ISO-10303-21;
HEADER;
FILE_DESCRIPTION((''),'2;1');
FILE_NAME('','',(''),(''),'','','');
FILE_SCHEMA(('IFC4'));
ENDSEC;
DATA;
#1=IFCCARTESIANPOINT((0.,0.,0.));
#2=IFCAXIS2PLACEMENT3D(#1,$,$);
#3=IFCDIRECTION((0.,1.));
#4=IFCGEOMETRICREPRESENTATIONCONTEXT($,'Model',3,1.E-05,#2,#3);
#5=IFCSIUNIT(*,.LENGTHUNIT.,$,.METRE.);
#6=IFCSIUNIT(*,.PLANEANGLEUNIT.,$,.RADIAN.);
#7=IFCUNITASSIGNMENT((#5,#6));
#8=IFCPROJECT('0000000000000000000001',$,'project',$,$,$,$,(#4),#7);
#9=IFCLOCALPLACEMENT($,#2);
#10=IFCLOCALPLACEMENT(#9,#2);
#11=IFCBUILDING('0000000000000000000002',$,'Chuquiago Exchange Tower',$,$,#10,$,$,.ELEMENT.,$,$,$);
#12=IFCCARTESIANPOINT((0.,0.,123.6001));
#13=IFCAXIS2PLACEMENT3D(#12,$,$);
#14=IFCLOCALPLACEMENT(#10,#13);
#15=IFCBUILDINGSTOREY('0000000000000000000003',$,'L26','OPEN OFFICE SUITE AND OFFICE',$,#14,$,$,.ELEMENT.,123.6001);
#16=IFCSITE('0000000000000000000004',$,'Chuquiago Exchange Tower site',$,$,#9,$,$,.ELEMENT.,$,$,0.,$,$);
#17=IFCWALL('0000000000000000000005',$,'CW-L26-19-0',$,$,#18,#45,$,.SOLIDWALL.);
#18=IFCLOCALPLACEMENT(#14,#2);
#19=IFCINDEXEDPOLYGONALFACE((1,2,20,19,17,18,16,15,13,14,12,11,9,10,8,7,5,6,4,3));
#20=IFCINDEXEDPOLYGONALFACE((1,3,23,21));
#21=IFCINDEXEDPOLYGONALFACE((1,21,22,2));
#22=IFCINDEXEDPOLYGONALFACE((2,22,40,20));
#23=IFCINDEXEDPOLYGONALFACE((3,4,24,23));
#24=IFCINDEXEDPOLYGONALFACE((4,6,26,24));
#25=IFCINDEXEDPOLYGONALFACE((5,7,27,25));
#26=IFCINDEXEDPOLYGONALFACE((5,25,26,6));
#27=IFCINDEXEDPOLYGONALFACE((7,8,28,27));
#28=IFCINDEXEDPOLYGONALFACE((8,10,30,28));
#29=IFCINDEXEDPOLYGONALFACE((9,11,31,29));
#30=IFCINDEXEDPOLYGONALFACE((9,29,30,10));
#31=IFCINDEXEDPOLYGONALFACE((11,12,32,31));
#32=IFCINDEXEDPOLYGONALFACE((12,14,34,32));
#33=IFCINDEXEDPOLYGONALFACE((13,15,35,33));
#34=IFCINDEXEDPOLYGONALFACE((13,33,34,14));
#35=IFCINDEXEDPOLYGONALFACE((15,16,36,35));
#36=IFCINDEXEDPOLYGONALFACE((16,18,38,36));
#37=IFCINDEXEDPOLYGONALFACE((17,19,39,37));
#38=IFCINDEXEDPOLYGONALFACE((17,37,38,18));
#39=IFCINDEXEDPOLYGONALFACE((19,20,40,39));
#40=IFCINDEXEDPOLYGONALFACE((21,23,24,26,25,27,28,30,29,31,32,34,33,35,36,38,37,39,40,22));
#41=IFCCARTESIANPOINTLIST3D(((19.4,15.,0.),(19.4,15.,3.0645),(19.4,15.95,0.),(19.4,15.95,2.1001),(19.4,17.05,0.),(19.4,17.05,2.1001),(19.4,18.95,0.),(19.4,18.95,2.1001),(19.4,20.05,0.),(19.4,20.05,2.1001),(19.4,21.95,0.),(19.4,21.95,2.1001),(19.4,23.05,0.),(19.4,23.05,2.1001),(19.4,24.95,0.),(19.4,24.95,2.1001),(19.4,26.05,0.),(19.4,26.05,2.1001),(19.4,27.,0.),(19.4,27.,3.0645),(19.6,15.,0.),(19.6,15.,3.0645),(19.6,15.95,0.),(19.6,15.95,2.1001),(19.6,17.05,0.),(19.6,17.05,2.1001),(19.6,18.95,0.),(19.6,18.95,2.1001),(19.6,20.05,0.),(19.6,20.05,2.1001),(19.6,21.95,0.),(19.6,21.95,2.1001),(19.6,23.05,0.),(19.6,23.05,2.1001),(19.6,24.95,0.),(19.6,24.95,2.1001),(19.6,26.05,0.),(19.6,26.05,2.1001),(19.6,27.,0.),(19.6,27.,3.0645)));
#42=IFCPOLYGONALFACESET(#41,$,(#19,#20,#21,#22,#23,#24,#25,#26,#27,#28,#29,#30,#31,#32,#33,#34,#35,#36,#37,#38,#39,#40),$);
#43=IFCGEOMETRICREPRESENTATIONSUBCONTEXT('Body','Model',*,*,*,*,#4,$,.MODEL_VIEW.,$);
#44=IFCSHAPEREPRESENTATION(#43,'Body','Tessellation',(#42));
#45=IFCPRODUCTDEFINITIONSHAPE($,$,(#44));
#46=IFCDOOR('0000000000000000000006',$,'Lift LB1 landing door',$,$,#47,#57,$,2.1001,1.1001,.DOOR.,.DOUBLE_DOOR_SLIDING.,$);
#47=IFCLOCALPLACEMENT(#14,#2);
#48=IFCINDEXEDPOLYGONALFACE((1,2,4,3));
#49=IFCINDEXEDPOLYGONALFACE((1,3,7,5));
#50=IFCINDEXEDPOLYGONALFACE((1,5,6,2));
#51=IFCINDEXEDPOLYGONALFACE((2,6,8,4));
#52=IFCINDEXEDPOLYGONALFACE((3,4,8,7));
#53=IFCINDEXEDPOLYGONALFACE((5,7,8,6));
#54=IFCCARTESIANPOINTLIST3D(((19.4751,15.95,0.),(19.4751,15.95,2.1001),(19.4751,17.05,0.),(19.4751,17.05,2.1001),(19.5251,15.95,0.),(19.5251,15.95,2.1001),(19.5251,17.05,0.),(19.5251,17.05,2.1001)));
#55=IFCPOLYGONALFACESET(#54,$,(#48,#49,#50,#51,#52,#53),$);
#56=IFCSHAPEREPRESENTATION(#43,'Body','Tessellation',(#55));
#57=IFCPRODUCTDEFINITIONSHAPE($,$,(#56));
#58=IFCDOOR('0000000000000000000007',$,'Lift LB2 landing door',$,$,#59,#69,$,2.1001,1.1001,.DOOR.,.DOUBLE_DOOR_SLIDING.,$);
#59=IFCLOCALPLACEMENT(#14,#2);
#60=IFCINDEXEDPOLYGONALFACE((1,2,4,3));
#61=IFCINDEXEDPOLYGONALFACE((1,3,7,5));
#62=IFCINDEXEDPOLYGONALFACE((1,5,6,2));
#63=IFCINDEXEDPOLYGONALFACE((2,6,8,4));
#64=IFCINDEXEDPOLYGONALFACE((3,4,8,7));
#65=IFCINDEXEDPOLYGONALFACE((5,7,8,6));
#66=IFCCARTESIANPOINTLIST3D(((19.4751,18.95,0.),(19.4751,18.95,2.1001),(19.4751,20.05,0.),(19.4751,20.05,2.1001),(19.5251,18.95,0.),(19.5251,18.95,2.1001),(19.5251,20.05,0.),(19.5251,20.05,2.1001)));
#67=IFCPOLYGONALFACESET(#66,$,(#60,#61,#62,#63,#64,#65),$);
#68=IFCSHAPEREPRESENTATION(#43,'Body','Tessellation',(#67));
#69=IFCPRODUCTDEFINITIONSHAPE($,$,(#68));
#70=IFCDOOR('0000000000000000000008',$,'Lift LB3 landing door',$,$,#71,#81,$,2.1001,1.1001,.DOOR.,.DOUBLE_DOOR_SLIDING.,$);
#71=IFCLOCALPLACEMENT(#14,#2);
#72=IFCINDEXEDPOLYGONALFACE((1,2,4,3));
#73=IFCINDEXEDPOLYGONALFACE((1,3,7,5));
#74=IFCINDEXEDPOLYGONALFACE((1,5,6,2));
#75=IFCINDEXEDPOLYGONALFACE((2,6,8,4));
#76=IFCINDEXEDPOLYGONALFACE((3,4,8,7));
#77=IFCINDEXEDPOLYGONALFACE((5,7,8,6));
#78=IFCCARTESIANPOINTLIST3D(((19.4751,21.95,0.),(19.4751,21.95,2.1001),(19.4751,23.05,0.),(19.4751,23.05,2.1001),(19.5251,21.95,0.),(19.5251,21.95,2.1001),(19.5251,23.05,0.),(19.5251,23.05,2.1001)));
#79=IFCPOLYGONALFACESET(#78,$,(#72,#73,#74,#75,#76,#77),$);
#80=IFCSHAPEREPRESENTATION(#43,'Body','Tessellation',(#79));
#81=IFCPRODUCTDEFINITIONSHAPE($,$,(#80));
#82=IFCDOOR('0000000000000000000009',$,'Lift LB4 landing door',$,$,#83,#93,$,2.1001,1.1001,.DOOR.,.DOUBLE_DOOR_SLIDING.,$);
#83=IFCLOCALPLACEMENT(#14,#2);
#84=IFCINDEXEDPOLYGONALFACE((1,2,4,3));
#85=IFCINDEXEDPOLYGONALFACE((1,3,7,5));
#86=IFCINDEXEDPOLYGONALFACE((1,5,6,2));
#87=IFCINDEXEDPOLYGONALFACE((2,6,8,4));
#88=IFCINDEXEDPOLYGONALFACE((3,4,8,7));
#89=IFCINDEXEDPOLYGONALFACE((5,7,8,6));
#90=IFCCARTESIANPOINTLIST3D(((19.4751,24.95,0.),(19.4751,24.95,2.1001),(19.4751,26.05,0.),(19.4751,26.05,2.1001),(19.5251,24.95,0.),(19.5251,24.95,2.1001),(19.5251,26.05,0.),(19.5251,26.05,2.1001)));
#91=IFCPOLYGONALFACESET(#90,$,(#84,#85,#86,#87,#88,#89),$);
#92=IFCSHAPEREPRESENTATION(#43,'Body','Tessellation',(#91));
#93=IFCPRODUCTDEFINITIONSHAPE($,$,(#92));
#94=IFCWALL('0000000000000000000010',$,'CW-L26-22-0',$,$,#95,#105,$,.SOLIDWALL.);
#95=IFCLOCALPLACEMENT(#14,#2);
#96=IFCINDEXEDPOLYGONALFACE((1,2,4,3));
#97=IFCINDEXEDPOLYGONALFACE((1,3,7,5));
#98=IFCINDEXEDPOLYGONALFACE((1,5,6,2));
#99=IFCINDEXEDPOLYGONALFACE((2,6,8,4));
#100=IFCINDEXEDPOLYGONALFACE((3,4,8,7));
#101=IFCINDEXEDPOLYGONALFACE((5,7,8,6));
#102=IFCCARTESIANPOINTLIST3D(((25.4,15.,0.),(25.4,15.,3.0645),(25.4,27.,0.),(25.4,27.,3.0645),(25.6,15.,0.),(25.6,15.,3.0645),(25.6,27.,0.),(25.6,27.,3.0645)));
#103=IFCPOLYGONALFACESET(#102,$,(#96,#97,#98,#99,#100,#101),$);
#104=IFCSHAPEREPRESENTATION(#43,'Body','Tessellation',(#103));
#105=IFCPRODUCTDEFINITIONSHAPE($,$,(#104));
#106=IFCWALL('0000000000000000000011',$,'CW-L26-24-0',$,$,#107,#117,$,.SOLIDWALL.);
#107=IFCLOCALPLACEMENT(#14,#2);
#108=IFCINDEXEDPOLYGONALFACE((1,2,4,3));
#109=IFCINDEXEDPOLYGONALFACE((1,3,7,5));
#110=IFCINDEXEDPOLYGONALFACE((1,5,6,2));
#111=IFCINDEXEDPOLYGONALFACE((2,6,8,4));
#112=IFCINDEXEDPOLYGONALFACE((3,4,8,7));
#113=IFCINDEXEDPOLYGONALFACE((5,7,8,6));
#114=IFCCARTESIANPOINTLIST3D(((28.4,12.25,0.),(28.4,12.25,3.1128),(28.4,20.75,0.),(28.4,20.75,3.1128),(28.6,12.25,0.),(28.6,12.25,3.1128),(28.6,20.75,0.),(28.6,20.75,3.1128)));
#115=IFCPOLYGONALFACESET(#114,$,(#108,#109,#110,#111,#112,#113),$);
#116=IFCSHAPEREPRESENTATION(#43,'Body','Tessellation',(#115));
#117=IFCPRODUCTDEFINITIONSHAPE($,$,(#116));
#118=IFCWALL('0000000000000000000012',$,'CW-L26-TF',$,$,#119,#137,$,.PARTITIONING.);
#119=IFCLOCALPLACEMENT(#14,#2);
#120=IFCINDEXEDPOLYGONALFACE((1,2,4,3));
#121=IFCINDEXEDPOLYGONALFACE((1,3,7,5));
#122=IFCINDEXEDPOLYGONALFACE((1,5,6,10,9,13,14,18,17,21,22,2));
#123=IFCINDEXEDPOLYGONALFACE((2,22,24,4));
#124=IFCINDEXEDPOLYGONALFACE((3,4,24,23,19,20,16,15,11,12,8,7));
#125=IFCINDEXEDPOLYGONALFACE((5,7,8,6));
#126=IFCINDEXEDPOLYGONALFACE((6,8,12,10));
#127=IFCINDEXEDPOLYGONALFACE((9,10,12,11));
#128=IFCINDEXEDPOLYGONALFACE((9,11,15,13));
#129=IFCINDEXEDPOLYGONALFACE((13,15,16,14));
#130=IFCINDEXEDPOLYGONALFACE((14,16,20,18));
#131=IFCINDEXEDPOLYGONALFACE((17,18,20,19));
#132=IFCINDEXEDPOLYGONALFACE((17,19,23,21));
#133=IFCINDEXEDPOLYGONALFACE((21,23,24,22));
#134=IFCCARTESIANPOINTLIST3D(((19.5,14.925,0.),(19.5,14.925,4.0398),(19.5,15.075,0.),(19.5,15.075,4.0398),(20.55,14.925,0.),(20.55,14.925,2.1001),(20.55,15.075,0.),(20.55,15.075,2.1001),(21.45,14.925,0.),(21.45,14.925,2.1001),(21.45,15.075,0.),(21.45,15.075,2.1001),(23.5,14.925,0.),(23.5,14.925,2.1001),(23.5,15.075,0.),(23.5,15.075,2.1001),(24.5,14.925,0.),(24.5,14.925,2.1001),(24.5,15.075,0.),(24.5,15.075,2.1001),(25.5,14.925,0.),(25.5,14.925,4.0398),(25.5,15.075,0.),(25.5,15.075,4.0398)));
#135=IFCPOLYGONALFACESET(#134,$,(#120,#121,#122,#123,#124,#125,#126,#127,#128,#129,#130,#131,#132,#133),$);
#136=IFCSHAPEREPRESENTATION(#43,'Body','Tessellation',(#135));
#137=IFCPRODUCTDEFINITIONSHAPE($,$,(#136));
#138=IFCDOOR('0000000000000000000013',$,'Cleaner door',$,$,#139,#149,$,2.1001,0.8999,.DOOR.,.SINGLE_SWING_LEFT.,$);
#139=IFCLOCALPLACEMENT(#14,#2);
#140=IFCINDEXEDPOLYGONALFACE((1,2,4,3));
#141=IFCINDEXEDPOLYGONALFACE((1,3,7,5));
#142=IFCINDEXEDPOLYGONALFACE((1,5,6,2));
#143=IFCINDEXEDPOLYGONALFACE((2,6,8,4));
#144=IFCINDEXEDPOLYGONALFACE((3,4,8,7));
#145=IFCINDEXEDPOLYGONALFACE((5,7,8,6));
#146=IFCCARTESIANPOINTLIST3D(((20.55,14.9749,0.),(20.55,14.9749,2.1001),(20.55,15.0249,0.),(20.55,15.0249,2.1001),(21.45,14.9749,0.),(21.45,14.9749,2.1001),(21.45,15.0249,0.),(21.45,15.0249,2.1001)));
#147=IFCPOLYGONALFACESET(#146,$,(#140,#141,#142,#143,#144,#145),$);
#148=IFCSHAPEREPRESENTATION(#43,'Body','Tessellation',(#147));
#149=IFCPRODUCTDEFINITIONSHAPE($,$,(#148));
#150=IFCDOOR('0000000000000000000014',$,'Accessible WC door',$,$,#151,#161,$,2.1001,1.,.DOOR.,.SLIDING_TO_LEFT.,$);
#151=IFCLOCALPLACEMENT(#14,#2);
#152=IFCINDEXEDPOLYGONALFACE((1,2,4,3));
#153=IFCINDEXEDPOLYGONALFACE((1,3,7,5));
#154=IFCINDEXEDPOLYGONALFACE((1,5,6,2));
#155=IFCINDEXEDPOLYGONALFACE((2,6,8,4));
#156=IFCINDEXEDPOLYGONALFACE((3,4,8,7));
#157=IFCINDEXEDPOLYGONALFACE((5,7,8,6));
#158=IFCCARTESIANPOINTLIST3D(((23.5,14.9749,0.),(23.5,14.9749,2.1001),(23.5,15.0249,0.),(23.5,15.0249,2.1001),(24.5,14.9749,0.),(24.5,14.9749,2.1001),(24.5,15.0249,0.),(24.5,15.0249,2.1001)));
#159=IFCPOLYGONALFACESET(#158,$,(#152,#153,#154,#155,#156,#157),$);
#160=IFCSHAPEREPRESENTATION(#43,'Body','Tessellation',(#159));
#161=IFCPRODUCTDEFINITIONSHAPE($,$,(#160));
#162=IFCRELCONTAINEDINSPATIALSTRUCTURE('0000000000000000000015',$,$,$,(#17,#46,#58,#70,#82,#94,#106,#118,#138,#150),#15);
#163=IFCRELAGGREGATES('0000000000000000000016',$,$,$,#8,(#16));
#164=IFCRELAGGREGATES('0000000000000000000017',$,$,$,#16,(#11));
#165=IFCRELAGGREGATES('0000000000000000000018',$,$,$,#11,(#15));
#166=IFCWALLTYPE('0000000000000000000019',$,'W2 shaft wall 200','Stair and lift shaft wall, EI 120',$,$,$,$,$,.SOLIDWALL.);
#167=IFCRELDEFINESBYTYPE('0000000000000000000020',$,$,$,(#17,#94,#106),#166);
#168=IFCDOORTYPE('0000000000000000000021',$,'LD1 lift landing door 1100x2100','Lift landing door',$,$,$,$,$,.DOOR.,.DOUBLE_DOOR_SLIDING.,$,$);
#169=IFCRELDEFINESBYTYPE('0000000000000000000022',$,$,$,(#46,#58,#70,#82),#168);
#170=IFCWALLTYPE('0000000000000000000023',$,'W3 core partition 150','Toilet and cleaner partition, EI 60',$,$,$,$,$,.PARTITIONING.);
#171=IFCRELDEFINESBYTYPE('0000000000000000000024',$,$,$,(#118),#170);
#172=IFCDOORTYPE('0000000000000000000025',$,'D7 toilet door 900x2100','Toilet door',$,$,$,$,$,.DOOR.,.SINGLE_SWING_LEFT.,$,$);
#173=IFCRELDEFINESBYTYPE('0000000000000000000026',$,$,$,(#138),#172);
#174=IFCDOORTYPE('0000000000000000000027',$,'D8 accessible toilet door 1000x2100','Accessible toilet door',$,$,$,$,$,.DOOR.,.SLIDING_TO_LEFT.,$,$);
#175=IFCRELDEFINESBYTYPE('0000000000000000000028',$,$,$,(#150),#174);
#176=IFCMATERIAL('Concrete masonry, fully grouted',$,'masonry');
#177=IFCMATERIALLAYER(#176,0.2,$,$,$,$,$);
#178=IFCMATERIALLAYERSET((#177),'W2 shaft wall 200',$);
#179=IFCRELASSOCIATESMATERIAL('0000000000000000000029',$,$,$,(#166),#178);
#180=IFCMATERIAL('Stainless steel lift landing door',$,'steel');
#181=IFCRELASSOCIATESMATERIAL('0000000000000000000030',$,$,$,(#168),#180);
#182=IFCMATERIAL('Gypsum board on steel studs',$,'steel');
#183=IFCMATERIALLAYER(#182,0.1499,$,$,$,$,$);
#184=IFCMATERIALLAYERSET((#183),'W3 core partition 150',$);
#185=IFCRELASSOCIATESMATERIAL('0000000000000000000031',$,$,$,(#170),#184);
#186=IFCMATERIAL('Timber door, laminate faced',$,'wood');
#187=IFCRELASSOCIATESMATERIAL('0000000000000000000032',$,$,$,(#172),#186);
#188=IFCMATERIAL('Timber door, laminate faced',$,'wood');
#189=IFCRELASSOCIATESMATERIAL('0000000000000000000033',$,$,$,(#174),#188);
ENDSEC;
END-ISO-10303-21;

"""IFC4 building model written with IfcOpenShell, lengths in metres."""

from ifc_helpers import new_model, si_unit, direction, frame, frame_2d, origin, place, context, subcontext, project, spatial, rectangle, extrude, material, layer, layer_set, type_object, element, fill, save


model = new_model("IFC4")

# Units and contexts
model_context = context("Model", 3, precision=1e-05, world=origin(), true_north=direction((0.0, 1.0)))
body_context = subcontext(model_context, "Body", "Model", "MODEL_VIEW")
ifc_project = project(units=[si_unit("LENGTHUNIT", "METRE"), si_unit("PLANEANGLEUNIT", "RADIAN")], contexts=[model_context])

# Site, building, storey
site_placement = place(None, origin())
site = spatial("IfcSite", under=ifc_project, at=site_placement, Name="Chuquiago Exchange Tower site", CompositionType="ELEMENT", RefElevation=0.0)
building_placement = place(site_placement, origin())
building = spatial("IfcBuilding", under=site, at=building_placement, Name="Chuquiago Exchange Tower", CompositionType="ELEMENT")
storey_placement = place(building_placement, frame((0.0, 0.0, 123.6001)))
storey = spatial("IfcBuildingStorey", under=building, at=storey_placement, Name="L26", Description="OPEN OFFICE SUITE AND OFFICE", CompositionType="ELEMENT", Elevation=123.6001)

# Shared definitions
ifc_material_1 = material(Name="Concrete masonry, fully grouted", Category="masonry")
ifc_layer_1 = layer(ifc_material_1, 0.2)
ifc_layer_set_1 = layer_set([ifc_layer_1], Name="W2 shaft wall 200")
wall_type_1 = type_object("IfcWallType", Name="W2 shaft wall 200", Description="Stair and lift shaft wall, EI 120", PredefinedType="SOLIDWALL", material=ifc_layer_set_1)

# Wall, openings, doors
wall_1_placement = place(storey_placement, frame((19.5, 15.0, 0.0), z_axis=(0.0, 0.0, 1.0), x_axis=(0.0, 1.0, 0.0)))
wall_1 = element("IfcWall", 1, at=wall_1_placement, inside=storey, type_object=wall_type_1, Name="CW-L26-19-0", PredefinedType="SOLIDWALL", context=body_context, shape_type="SweptSolid", body=[
    extrude(rectangle(XDim=12.0, YDim=0.2, at=frame_2d((6.0, 0.0))), origin(), (0.0, 0.0, 1.0), 3.0645),
])
opening_1_placement = place(wall_1_placement, frame((0.95, 0.0, 0.0)))
opening_1 = element("IfcOpeningElement", 2, at=opening_1_placement, cuts=wall_1, PredefinedType="OPENING", context=body_context, shape_type="SweptSolid", body=[
    extrude(rectangle(XDim=1.1001, YDim=2.1001, at=frame_2d((0.55, 1.05))), frame((0.0, 0.1099, 0.0), z_axis=(0.0, -1.0, 0.0), x_axis=(1.0, 0.0, 0.0)), (0.0, 0.0, 1.0), 0.22),
])
opening_2_placement = place(wall_1_placement, frame((3.95, 0.0, 0.0)))
opening_2 = element("IfcOpeningElement", 3, at=opening_2_placement, cuts=wall_1, PredefinedType="OPENING", context=body_context, shape_type="SweptSolid", body=[
    extrude(rectangle(XDim=1.1001, YDim=2.1001, at=frame_2d((0.55, 1.05))), frame((0.0, 0.1099, 0.0), z_axis=(0.0, -1.0, 0.0), x_axis=(1.0, 0.0, 0.0)), (0.0, 0.0, 1.0), 0.22),
])
opening_3_placement = place(wall_1_placement, frame((6.95, 0.0, 0.0)))
opening_3 = element("IfcOpeningElement", 4, at=opening_3_placement, cuts=wall_1, PredefinedType="OPENING", context=body_context, shape_type="SweptSolid", body=[
    extrude(rectangle(XDim=1.1001, YDim=2.1001, at=frame_2d((0.55, 1.05))), frame((0.0, 0.1099, 0.0), z_axis=(0.0, -1.0, 0.0), x_axis=(1.0, 0.0, 0.0)), (0.0, 0.0, 1.0), 0.22),
])
opening_4_placement = place(wall_1_placement, frame((9.95, 0.0, 0.0)))
opening_4 = element("IfcOpeningElement", 5, at=opening_4_placement, cuts=wall_1, PredefinedType="OPENING", context=body_context, shape_type="SweptSolid", body=[
    extrude(rectangle(XDim=1.1001, YDim=2.1001, at=frame_2d((0.55, 1.05))), frame((0.0, 0.1099, 0.0), z_axis=(0.0, -1.0, 0.0), x_axis=(1.0, 0.0, 0.0)), (0.0, 0.0, 1.0), 0.22),
])
ifc_material_2 = material(Name="Stainless steel lift landing door", Category="steel")
door_type_1 = type_object("IfcDoorType", Name="LD1 lift landing door 1100x2100", Description="Lift landing door", OperationType="DOUBLE_DOOR_SLIDING", PredefinedType="DOOR", material=ifc_material_2)
door_1_placement = place(opening_1_placement, origin())
door_1 = element("IfcDoor", 6, at=door_1_placement, inside=storey, type_object=door_type_1, Name="Lift LB1 landing door", OperationType="DOUBLE_DOOR_SLIDING", OverallHeight=2.1001, OverallWidth=1.1001, PredefinedType="DOOR", context=body_context, shape_type="SweptSolid", body=[
    extrude(rectangle(XDim=1.1001, YDim=2.1001, at=frame_2d((0.55, 1.05))), frame((0.0, 0.0249, 0.0), z_axis=(0.0, -1.0, 0.0), x_axis=(1.0, 0.0, 0.0)), (0.0, 0.0, 1.0), 0.05),
])
fill(opening_1, door_1)
door_2_placement = place(opening_2_placement, origin())
door_2 = element("IfcDoor", 7, at=door_2_placement, inside=storey, type_object=door_type_1, Name="Lift LB2 landing door", OperationType="DOUBLE_DOOR_SLIDING", OverallHeight=2.1001, OverallWidth=1.1001, PredefinedType="DOOR", context=body_context, shape_type="SweptSolid", body=[
    extrude(rectangle(XDim=1.1001, YDim=2.1001, at=frame_2d((0.55, 1.05))), frame((0.0, 0.0249, 0.0), z_axis=(0.0, -1.0, 0.0), x_axis=(1.0, 0.0, 0.0)), (0.0, 0.0, 1.0), 0.05),
])
fill(opening_2, door_2)
door_3_placement = place(opening_3_placement, origin())
door_3 = element("IfcDoor", 8, at=door_3_placement, inside=storey, type_object=door_type_1, Name="Lift LB3 landing door", OperationType="DOUBLE_DOOR_SLIDING", OverallHeight=2.1001, OverallWidth=1.1001, PredefinedType="DOOR", context=body_context, shape_type="SweptSolid", body=[
    extrude(rectangle(XDim=1.1001, YDim=2.1001, at=frame_2d((0.55, 1.05))), frame((0.0, 0.0249, 0.0), z_axis=(0.0, -1.0, 0.0), x_axis=(1.0, 0.0, 0.0)), (0.0, 0.0, 1.0), 0.05),
])
fill(opening_3, door_3)
door_4_placement = place(opening_4_placement, origin())
door_4 = element("IfcDoor", 9, at=door_4_placement, inside=storey, type_object=door_type_1, Name="Lift LB4 landing door", OperationType="DOUBLE_DOOR_SLIDING", OverallHeight=2.1001, OverallWidth=1.1001, PredefinedType="DOOR", context=body_context, shape_type="SweptSolid", body=[
    extrude(rectangle(XDim=1.1001, YDim=2.1001, at=frame_2d((0.55, 1.05))), frame((0.0, 0.0249, 0.0), z_axis=(0.0, -1.0, 0.0), x_axis=(1.0, 0.0, 0.0)), (0.0, 0.0, 1.0), 0.05),
])
fill(opening_4, door_4)

# Walls
wall_2_placement = place(storey_placement, frame((25.5, 15.0, 0.0), z_axis=(0.0, 0.0, 1.0), x_axis=(0.0, 1.0, 0.0)))
element("IfcWall", 10, at=wall_2_placement, inside=storey, type_object=wall_type_1, Name="CW-L26-22-0", PredefinedType="SOLIDWALL", context=body_context, shape_type="SweptSolid", body=[
    extrude(rectangle(XDim=12.0, YDim=0.2, at=frame_2d((6.0, 0.0))), origin(), (0.0, 0.0, 1.0), 3.0645),
])
wall_3_placement = place(storey_placement, frame((28.5, 12.25, 0.0), z_axis=(0.0, 0.0, 1.0), x_axis=(0.0, 1.0, 0.0)))
element("IfcWall", 11, at=wall_3_placement, inside=storey, type_object=wall_type_1, Name="CW-L26-24-0", PredefinedType="SOLIDWALL", context=body_context, shape_type="SweptSolid", body=[
    extrude(rectangle(XDim=8.5, YDim=0.2, at=frame_2d((4.25, 0.0))), origin(), (0.0, 0.0, 1.0), 3.1128),
])

# Wall, openings, doors
ifc_material_3 = material(Name="Gypsum board on steel studs", Category="steel")
ifc_layer_2 = layer(ifc_material_3, 0.1499)
ifc_layer_set_2 = layer_set([ifc_layer_2], Name="W3 core partition 150")
wall_type_2 = type_object("IfcWallType", Name="W3 core partition 150", Description="Toilet and cleaner partition, EI 60", PredefinedType="PARTITIONING", material=ifc_layer_set_2)
wall_4_placement = place(storey_placement, frame((19.5, 15.0, 0.0), z_axis=(0.0, 0.0, 1.0), x_axis=(1.0, 0.0, 0.0)))
wall_4 = element("IfcWall", 12, at=wall_4_placement, inside=storey, type_object=wall_type_2, Name="CW-L26-TF", PredefinedType="PARTITIONING", context=body_context, shape_type="SweptSolid", body=[
    extrude(rectangle(XDim=6.0, YDim=0.1499, at=frame_2d((3.0, 0.0))), origin(), (0.0, 0.0, 1.0), 4.0398),
])
opening_5_placement = place(wall_4_placement, frame((4.0, 0.0, 0.0)))
opening_5 = element("IfcOpeningElement", 13, at=opening_5_placement, cuts=wall_4, PredefinedType="OPENING", context=body_context, shape_type="SweptSolid", body=[
    extrude(rectangle(XDim=1.0, YDim=2.1001, at=frame_2d((0.5, 1.05))), frame((0.0, 0.085, 0.0), z_axis=(0.0, -1.0, 0.0), x_axis=(1.0, 0.0, 0.0)), (0.0, 0.0, 1.0), 0.1699),
])
opening_6_placement = place(wall_4_placement, frame((1.05, 0.0, 0.0)))
opening_6 = element("IfcOpeningElement", 14, at=opening_6_placement, cuts=wall_4, PredefinedType="OPENING", context=body_context, shape_type="SweptSolid", body=[
    extrude(rectangle(XDim=0.8999, YDim=2.1001, at=frame_2d((0.45, 1.05))), frame((0.0, 0.085, 0.0), z_axis=(0.0, -1.0, 0.0), x_axis=(1.0, 0.0, 0.0)), (0.0, 0.0, 1.0), 0.1699),
])
ifc_material_4 = material(Name="Timber door, laminate faced", Category="wood")
door_type_2 = type_object("IfcDoorType", Name="D7 toilet door 900x2100", Description="Toilet door", OperationType="SINGLE_SWING_LEFT", PredefinedType="DOOR", material=ifc_material_4)
door_5_placement = place(opening_6_placement, origin())
door_5 = element("IfcDoor", 15, at=door_5_placement, inside=storey, type_object=door_type_2, Name="Cleaner door", OperationType="SINGLE_SWING_LEFT", OverallHeight=2.1001, OverallWidth=0.8999, PredefinedType="DOOR", context=body_context, shape_type="SweptSolid", body=[
    extrude(rectangle(XDim=0.8999, YDim=2.1001, at=frame_2d((0.45, 1.05))), frame((0.0, 0.0249, 0.0), z_axis=(0.0, -1.0, 0.0), x_axis=(1.0, 0.0, 0.0)), (0.0, 0.0, 1.0), 0.05),
])
fill(opening_6, door_5)
ifc_material_5 = material(Name="Timber door, laminate faced", Category="wood")
door_type_3 = type_object("IfcDoorType", Name="D8 accessible toilet door 1000x2100", Description="Accessible toilet door", OperationType="SLIDING_TO_LEFT", PredefinedType="DOOR", material=ifc_material_5)
door_6_placement = place(opening_5_placement, origin())
door_6 = element("IfcDoor", 16, at=door_6_placement, inside=storey, type_object=door_type_3, Name="Accessible WC door", OperationType="SLIDING_TO_LEFT", OverallHeight=2.1001, OverallWidth=1.0, PredefinedType="DOOR", context=body_context, shape_type="SweptSolid", body=[
    extrude(rectangle(XDim=1.0, YDim=2.1001, at=frame_2d((0.5, 1.05))), frame((0.0, 0.0249, 0.0), z_axis=(0.0, -1.0, 0.0), x_axis=(1.0, 0.0, 0.0)), (0.0, 0.0, 1.0), 0.05),
])
fill(opening_5, door_6)

save(model, "model.ifc")
